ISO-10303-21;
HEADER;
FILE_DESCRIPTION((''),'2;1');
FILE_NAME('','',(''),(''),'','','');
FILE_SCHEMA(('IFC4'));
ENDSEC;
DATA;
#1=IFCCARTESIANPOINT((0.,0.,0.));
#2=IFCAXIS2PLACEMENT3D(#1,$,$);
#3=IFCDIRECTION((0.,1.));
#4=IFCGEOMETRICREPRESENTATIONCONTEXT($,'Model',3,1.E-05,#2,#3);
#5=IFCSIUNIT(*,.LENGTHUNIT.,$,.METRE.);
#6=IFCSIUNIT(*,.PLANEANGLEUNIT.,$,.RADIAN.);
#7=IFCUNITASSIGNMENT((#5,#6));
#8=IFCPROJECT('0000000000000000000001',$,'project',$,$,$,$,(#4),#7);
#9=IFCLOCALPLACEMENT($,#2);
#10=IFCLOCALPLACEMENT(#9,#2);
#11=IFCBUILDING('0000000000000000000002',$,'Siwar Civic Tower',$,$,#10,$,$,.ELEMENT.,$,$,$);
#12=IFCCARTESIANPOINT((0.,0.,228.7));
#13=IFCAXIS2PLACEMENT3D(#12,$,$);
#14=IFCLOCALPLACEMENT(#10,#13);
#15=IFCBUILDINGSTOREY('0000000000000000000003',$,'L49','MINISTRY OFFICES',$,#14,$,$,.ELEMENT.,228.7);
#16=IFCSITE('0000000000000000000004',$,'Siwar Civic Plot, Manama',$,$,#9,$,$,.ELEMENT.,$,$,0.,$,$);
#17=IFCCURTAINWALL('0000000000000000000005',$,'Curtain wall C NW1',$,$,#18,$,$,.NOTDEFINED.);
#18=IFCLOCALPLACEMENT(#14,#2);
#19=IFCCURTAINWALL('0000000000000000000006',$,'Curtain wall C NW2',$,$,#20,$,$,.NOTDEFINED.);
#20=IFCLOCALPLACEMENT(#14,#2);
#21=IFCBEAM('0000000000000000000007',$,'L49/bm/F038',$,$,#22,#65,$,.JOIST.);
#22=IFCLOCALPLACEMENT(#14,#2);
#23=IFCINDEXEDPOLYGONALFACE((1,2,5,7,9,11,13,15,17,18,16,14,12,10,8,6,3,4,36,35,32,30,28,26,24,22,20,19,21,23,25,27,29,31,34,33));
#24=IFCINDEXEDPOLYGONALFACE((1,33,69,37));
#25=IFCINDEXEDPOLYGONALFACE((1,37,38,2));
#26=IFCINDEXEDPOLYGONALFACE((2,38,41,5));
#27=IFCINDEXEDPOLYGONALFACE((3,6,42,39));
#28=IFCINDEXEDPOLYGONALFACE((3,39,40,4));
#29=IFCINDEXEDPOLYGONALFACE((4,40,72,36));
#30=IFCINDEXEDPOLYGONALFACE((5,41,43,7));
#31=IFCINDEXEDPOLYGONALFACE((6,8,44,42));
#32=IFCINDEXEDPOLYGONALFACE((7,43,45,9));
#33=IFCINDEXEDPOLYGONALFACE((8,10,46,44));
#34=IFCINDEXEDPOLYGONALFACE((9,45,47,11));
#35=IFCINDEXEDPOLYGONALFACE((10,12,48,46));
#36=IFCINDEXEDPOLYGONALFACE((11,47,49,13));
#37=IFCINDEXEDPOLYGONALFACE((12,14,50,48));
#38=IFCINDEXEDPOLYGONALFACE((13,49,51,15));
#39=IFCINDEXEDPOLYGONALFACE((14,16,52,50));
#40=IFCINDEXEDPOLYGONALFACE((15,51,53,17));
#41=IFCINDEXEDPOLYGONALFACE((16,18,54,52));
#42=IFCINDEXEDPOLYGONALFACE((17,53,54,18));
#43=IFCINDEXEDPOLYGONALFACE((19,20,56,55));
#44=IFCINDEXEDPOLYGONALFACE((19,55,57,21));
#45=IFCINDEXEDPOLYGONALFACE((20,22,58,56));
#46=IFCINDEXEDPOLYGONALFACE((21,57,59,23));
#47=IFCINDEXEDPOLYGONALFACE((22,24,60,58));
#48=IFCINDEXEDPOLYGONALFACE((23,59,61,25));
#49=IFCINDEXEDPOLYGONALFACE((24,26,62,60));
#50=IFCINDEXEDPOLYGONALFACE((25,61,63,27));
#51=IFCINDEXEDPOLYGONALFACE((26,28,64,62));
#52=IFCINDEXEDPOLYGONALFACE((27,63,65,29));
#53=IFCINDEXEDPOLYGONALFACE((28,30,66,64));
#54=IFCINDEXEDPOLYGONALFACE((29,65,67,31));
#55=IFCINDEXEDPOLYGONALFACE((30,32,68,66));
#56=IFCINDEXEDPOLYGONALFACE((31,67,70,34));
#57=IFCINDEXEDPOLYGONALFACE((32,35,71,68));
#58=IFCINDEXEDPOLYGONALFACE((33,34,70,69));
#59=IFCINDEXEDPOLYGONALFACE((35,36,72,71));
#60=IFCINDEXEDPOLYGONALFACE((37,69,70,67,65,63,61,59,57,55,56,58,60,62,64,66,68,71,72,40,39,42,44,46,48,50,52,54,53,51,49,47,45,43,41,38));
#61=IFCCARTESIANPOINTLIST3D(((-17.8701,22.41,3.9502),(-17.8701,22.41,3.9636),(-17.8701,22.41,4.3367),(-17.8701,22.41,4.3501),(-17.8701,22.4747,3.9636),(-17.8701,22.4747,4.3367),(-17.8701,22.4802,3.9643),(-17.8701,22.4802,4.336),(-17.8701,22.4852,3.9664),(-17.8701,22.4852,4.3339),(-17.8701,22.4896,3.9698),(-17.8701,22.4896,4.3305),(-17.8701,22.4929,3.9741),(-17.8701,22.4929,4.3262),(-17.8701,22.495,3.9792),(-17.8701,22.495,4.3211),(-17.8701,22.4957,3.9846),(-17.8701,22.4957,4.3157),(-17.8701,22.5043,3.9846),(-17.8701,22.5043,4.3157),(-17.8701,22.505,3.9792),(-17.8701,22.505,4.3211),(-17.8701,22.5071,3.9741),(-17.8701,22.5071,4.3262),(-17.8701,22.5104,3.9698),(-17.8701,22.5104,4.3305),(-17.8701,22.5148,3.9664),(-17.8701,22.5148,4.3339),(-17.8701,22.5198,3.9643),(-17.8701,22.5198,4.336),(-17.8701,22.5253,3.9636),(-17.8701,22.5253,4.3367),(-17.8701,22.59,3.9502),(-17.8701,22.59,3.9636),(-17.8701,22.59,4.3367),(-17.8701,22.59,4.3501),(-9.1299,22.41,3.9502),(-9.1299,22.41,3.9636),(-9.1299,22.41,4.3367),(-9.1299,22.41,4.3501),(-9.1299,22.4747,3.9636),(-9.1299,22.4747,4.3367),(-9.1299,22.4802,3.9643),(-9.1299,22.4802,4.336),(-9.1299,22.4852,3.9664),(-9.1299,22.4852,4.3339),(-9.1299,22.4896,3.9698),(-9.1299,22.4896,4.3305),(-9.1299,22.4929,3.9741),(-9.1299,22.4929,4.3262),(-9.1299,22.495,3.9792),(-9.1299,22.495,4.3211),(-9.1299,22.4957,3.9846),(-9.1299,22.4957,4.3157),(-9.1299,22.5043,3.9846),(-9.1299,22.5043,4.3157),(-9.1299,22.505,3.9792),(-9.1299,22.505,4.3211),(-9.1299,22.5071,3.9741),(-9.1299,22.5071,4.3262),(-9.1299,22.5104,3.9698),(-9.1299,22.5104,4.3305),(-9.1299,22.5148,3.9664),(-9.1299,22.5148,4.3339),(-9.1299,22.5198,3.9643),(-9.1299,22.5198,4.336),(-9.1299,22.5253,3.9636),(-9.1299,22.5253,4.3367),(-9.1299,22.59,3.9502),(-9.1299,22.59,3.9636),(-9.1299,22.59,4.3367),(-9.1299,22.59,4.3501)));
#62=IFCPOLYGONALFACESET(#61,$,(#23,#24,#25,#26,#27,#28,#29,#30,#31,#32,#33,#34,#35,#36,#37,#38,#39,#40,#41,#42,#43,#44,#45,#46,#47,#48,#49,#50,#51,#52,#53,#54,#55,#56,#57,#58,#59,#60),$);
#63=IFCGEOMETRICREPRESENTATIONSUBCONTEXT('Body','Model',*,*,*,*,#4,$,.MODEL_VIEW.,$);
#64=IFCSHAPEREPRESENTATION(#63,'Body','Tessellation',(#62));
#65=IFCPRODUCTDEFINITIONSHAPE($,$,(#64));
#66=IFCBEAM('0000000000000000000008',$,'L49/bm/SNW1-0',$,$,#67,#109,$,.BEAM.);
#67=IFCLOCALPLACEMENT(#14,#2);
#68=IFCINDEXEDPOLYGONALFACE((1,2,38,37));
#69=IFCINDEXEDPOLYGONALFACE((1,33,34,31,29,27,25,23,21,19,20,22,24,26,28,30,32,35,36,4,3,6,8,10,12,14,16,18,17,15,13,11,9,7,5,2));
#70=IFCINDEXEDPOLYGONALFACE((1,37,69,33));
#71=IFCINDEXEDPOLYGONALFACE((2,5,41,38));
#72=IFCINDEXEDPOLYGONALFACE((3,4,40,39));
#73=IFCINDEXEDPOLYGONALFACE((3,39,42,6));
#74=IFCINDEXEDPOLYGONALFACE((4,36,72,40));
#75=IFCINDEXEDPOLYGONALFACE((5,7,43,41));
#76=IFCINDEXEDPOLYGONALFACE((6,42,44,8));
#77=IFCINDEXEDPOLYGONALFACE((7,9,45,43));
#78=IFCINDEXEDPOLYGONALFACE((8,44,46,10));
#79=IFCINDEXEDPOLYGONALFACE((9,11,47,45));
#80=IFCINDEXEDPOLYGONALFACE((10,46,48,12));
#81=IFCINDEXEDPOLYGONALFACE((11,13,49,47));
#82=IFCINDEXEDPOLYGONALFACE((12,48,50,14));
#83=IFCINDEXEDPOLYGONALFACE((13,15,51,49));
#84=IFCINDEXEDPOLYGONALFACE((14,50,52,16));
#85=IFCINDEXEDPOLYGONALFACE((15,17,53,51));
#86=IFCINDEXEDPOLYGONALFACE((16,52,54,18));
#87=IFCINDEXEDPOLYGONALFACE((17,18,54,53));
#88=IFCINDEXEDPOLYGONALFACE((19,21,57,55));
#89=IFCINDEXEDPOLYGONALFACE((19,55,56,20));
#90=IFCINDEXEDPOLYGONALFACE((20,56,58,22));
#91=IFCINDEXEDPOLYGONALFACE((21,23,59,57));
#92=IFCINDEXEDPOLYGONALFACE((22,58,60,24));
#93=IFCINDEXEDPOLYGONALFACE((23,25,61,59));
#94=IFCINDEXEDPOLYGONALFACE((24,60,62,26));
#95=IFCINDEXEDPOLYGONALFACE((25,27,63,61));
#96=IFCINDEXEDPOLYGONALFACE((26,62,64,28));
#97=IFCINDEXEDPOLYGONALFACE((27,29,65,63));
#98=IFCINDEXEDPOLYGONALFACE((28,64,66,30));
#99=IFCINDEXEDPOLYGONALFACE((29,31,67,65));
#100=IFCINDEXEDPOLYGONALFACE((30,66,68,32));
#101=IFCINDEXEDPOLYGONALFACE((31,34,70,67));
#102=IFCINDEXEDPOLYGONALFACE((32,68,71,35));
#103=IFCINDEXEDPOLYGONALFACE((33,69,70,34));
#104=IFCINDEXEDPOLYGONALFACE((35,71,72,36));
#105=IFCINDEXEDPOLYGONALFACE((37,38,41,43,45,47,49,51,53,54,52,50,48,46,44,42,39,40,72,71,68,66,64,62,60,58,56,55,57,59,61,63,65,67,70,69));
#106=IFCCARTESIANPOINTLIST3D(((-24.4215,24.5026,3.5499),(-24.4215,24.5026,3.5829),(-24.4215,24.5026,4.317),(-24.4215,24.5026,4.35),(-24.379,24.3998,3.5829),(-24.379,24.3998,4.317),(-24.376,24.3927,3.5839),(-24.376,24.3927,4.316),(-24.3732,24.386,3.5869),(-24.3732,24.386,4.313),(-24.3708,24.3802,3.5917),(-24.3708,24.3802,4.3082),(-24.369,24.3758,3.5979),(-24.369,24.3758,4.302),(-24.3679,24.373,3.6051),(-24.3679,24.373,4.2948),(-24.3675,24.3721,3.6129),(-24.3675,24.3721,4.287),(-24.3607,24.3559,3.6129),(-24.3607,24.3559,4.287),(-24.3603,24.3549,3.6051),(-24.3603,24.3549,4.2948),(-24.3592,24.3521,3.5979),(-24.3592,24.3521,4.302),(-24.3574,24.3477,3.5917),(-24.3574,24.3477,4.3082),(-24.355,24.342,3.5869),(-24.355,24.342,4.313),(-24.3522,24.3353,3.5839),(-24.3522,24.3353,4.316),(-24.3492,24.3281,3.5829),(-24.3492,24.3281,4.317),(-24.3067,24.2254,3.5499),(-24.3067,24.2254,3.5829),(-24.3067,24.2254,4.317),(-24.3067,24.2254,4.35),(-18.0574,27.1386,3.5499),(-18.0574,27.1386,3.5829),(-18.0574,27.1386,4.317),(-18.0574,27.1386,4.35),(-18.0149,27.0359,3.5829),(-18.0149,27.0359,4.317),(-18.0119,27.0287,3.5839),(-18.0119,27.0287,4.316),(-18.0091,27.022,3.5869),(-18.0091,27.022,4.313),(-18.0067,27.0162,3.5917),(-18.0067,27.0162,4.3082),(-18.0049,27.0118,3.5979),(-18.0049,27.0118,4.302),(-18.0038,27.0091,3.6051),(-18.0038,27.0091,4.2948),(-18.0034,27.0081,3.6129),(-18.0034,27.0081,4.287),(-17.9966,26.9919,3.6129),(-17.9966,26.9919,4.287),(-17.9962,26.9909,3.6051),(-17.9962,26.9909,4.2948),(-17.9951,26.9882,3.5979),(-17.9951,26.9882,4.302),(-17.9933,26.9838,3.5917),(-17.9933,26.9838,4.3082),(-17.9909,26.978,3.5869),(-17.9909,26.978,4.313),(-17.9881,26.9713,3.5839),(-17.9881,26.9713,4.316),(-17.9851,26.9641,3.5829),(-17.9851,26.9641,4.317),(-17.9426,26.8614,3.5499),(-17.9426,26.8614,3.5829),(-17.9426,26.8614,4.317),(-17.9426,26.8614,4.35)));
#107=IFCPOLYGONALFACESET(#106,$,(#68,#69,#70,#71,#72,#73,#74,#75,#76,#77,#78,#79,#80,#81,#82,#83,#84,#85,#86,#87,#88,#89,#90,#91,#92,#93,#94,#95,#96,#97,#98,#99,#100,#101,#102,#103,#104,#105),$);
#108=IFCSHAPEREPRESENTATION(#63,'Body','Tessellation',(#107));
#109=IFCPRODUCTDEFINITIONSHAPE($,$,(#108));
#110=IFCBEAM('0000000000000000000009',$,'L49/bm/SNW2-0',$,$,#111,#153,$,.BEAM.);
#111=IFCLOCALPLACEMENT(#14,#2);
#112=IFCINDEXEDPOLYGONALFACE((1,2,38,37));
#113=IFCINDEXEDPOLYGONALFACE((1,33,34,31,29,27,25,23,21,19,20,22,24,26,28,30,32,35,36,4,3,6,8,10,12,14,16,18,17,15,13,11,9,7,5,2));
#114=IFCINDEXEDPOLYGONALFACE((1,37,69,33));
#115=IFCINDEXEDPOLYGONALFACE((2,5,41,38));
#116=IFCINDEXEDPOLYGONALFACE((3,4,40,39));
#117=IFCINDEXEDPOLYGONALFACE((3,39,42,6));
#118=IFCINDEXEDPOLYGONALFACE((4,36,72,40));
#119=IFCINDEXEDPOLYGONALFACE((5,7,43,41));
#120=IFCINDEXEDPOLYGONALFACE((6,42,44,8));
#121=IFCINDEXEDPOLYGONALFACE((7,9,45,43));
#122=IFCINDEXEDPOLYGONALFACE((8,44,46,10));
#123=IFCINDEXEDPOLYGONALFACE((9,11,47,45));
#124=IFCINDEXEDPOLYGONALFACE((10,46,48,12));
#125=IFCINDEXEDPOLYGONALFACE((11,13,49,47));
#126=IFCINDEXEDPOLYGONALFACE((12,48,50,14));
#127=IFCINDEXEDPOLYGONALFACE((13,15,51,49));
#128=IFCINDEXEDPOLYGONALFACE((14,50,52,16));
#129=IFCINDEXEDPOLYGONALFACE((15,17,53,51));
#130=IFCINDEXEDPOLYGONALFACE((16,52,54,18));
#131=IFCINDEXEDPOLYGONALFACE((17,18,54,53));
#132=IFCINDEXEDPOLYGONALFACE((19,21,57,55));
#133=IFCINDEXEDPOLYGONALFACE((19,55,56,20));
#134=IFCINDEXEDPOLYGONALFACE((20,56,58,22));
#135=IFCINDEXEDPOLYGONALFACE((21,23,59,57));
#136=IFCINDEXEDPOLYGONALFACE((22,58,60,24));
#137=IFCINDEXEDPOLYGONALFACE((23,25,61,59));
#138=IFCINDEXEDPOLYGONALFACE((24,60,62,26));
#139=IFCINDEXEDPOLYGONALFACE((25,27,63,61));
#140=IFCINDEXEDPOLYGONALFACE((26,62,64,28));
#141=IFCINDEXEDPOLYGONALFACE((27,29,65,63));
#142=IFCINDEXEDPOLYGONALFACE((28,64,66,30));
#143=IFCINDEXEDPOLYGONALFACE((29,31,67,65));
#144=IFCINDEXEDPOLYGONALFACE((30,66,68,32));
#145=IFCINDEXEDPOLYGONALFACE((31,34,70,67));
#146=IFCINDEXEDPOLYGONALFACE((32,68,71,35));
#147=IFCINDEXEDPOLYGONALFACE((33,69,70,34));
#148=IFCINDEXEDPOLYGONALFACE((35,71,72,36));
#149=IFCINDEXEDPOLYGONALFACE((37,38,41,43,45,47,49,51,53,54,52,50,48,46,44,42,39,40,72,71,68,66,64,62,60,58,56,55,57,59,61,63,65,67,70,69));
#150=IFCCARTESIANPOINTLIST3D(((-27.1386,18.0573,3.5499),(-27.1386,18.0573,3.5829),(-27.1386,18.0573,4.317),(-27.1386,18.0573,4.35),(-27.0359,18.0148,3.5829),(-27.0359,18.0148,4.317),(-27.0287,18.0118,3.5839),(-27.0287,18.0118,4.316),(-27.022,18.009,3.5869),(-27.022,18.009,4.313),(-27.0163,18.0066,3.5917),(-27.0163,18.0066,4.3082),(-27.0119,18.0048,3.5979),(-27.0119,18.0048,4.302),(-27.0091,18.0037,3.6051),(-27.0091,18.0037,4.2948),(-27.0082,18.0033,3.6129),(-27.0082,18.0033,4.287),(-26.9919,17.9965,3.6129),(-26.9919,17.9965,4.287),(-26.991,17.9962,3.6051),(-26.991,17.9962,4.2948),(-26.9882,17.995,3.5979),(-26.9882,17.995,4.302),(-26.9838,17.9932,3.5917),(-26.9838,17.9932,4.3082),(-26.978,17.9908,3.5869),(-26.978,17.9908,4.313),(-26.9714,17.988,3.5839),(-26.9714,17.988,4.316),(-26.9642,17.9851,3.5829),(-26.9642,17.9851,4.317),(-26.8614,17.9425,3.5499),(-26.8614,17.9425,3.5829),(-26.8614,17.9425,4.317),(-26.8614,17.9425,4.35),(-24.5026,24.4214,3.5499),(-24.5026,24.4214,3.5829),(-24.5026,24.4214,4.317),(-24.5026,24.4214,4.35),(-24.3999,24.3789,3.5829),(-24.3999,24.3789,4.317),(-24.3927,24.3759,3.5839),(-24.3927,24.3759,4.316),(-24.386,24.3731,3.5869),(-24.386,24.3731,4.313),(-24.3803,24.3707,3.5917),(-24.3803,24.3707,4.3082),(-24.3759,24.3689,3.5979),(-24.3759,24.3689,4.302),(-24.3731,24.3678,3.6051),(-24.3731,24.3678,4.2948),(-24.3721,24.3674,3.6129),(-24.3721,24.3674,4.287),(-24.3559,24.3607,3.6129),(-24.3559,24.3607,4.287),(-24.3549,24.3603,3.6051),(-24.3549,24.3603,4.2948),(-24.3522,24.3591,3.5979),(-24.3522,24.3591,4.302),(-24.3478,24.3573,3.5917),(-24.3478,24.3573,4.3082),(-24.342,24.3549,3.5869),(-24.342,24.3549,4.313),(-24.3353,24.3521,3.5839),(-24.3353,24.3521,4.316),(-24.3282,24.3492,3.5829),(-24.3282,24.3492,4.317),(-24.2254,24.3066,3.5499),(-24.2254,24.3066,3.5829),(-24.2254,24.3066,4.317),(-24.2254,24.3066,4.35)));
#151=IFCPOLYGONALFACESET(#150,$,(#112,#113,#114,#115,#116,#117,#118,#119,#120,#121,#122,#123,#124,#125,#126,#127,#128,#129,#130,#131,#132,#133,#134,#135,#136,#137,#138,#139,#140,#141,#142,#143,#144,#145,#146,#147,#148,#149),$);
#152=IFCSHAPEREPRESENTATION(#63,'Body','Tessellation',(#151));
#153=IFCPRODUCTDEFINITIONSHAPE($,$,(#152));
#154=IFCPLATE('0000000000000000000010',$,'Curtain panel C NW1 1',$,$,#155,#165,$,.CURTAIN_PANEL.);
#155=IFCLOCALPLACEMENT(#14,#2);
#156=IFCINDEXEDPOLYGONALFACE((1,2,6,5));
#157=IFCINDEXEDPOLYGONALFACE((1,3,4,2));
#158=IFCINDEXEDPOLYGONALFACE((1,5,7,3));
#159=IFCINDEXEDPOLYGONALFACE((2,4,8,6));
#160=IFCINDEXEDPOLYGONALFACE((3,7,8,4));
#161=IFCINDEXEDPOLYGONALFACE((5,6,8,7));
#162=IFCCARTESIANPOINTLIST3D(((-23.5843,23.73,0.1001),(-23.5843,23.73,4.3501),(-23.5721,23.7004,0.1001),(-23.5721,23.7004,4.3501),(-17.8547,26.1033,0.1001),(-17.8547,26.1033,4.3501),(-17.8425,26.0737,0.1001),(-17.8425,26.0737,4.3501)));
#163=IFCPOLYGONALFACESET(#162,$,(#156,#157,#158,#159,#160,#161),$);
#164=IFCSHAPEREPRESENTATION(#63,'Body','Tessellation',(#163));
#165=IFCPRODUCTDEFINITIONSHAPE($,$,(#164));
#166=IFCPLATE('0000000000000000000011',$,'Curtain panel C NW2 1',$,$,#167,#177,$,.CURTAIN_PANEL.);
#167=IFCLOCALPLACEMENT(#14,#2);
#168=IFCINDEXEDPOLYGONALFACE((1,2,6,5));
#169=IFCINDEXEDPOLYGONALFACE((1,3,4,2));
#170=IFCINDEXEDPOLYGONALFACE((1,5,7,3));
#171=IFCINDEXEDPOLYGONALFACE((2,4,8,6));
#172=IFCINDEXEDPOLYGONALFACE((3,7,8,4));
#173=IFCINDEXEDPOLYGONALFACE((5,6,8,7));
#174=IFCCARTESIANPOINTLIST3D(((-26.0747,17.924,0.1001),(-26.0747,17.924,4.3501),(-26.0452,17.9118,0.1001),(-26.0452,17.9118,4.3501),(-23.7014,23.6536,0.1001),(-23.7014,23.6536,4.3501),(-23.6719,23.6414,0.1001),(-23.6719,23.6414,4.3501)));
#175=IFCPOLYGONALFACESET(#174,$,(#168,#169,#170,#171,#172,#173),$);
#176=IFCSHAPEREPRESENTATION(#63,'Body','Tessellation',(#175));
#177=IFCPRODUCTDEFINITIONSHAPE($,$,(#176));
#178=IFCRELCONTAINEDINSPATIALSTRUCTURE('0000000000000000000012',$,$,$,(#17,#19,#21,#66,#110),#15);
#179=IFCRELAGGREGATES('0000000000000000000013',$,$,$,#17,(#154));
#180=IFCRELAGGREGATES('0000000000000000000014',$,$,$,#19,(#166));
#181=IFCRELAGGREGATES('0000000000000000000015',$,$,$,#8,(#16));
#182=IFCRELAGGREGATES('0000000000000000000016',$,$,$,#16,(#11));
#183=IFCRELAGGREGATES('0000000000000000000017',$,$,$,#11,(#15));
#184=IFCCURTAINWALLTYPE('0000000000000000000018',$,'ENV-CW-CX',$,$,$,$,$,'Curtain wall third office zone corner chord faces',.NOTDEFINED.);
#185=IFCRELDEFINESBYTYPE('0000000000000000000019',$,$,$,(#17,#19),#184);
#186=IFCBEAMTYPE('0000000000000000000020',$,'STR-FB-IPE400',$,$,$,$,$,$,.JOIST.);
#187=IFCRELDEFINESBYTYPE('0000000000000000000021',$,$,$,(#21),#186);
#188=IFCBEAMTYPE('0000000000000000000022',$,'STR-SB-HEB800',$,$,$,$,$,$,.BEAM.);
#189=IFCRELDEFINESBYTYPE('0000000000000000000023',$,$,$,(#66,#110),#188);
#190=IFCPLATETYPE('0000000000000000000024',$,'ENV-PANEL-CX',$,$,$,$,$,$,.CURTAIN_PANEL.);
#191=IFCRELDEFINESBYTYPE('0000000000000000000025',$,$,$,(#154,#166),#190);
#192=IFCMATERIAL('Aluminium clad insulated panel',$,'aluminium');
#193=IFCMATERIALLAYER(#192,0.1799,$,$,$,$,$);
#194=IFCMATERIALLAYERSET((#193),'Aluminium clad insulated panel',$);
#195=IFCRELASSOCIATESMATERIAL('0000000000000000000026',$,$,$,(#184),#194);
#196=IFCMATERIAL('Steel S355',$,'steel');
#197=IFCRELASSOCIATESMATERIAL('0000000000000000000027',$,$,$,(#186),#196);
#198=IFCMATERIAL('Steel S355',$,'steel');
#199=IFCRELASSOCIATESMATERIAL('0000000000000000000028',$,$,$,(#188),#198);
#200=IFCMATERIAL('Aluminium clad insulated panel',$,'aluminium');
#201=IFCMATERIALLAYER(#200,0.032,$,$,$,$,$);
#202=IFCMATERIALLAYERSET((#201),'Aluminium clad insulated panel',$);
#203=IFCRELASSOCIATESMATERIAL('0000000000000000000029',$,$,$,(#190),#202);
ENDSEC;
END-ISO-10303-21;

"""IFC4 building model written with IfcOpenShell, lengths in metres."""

from ifc_helpers import new_model, si_unit, direction, frame, origin, origin_2d, place, context, subcontext, project, spatial, rectangle, i_section, extrude, material, layer, layer_set, material_profile, profile_set, type_object, element, aggregate, save


model = new_model("IFC4")

# Units and contexts
model_context = context("Model", 3, precision=1e-05, world=origin(), true_north=direction((0.0, 1.0)))
body_context = subcontext(model_context, "Body", "Model", "MODEL_VIEW")
ifc_project = project(units=[si_unit("LENGTHUNIT", "METRE"), si_unit("PLANEANGLEUNIT", "RADIAN")], contexts=[model_context])

# Site, building, storey
site_placement = place(None, origin())
site = spatial("IfcSite", under=ifc_project, at=site_placement, Name="Siwar Civic Plot, Manama", CompositionType="ELEMENT", RefElevation=0.0)
building_placement = place(site_placement, origin())
building = spatial("IfcBuilding", under=site, at=building_placement, Name="Siwar Civic Tower", CompositionType="ELEMENT")
storey_placement = place(building_placement, frame((0.0, 0.0, 228.7)))
storey = spatial("IfcBuildingStorey", under=building, at=storey_placement, Name="L49", Description="MINISTRY OFFICES", CompositionType="ELEMENT", Elevation=228.7)

# Curtain walls
ifc_material_1 = material(Name="Aluminium clad insulated panel", Category="aluminium")
ifc_layer_1 = layer(ifc_material_1, 0.1799)
ifc_layer_set_1 = layer_set([ifc_layer_1], Name="Aluminium clad insulated panel")
curtain_wall_type = type_object("IfcCurtainWallType", Name="ENV-CW-CX", ElementType="Curtain wall third office zone corner chord faces", PredefinedType="NOTDEFINED", material=ifc_layer_set_1)
curtain_wall_1_placement = place(storey_placement, origin())
curtain_wall_1 = element("IfcCurtainWall", 1, at=curtain_wall_1_placement, inside=storey, type_object=curtain_wall_type, Name="Curtain wall C NW1", PredefinedType="NOTDEFINED")
curtain_wall_2_placement = place(storey_placement, origin())
curtain_wall_2 = element("IfcCurtainWall", 2, at=curtain_wall_2_placement, inside=storey, type_object=curtain_wall_type, Name="Curtain wall C NW2", PredefinedType="NOTDEFINED")

# Beams
ifc_material_2 = material(Name="Steel S355", Category="steel")
ifc_material_profile_1 = material_profile(ifc_material_2, i_section(OverallWidth=0.1799, OverallDepth=0.3999, WebThickness=0.0085, FlangeThickness=0.0134, FilletRadius=0.021, at=origin_2d()), Name="IPE400")
ifc_profile_set_1 = profile_set([ifc_material_profile_1], Name="Steel S355")
beam_type_1 = type_object("IfcBeamType", Name="STR-FB-IPE400", PredefinedType="JOIST", material=ifc_profile_set_1)
beam_1_placement = place(storey_placement, frame((-17.8701, 22.5, 4.1501), z_axis=(1.0, 0.0, 0.0), x_axis=(0.0, 1.0, 0.0)))
element("IfcBeam", 3, at=beam_1_placement, inside=storey, type_object=beam_type_1, Name="L49/bm/F038", PredefinedType="JOIST", context=body_context, shape_type="SweptSolid", body=[
    extrude(i_section(OverallWidth=0.1799, OverallDepth=0.3999, WebThickness=0.0085, FlangeThickness=0.0134, FilletRadius=0.021, at=origin_2d()), origin(), (0.0, 0.0, 1.0), 8.7402),
])
ifc_material_3 = material(Name="Steel S355", Category="steel")
ifc_material_profile_2 = material_profile(ifc_material_3, i_section(OverallWidth=0.3, OverallDepth=0.8, WebThickness=0.0176, FlangeThickness=0.033, FilletRadius=0.03, at=origin_2d()), Name="HEB800")
ifc_profile_set_2 = profile_set([ifc_material_profile_2], Name="Steel S355")
beam_type_2 = type_object("IfcBeamType", Name="STR-SB-HEB800", PredefinedType="BEAM", material=ifc_profile_set_2)
for number, where, z_axis, x_axis, name in (
    (4, (-18.0, 27.0, 3.95), (-0.923883, -0.382674, 0.0), (0.382674, -0.923883, 0.0), "L49/bm/SNW1-0"),
    (5, (-24.364, 24.364, 3.95), (-0.382674, -0.923883, 0.0), (0.923883, -0.382674, 0.0), "L49/bm/SNW2-0"),
):
    element("IfcBeam", number, at=place(storey_placement, frame(where, z_axis=z_axis, x_axis=x_axis)), inside=storey, type_object=beam_type_2, Name=name, PredefinedType="BEAM", context=body_context, shape_type="SweptSolid", body=[
        extrude(i_section(OverallWidth=0.3, OverallDepth=0.8, WebThickness=0.0176, FlangeThickness=0.033, FilletRadius=0.03, at=origin_2d()), origin(), (0.0, 0.0, 1.0), 6.8884),
    ])

# Plates
ifc_material_4 = material(Name="Aluminium clad insulated panel", Category="aluminium")
ifc_layer_2 = layer(ifc_material_4, 0.032)
ifc_layer_set_2 = layer_set([ifc_layer_2], Name="Aluminium clad insulated panel")
plate_type = type_object("IfcPlateType", Name="ENV-PANEL-CX", PredefinedType="CURTAIN_PANEL", material=ifc_layer_set_2)
plate_1_placement = place(storey_placement, frame((-20.7134, 24.9019, 0.1001), z_axis=(0.0, 0.0, 1.0), x_axis=(-0.92388, -0.382683, 0.0)))
plate_1 = element("IfcPlate", 6, at=plate_1_placement, type_object=plate_type, Name="Curtain panel C NW1 1", PredefinedType="CURTAIN_PANEL", context=body_context, shape_type="SweptSolid", body=[
    extrude(rectangle(XDim=6.2017, YDim=0.032, at=origin_2d()), origin(), (0.0, 0.0, 1.0), 4.25),
])
aggregate(curtain_wall_1, [plate_1])
plate_2_placement = place(storey_placement, frame((-24.8733, 20.7827, 0.1001), z_axis=(0.0, 0.0, 1.0), x_axis=(-0.382683, -0.92388, 0.0)))
plate_2 = element("IfcPlate", 7, at=plate_2_placement, type_object=plate_type, Name="Curtain panel C NW2 1", PredefinedType="CURTAIN_PANEL", context=body_context, shape_type="SweptSolid", body=[
    extrude(rectangle(XDim=6.2017, YDim=0.032, at=origin_2d()), origin(), (0.0, 0.0, 1.0), 4.25),
])
aggregate(curtain_wall_2, [plate_2])

save(model, "model.ifc")
